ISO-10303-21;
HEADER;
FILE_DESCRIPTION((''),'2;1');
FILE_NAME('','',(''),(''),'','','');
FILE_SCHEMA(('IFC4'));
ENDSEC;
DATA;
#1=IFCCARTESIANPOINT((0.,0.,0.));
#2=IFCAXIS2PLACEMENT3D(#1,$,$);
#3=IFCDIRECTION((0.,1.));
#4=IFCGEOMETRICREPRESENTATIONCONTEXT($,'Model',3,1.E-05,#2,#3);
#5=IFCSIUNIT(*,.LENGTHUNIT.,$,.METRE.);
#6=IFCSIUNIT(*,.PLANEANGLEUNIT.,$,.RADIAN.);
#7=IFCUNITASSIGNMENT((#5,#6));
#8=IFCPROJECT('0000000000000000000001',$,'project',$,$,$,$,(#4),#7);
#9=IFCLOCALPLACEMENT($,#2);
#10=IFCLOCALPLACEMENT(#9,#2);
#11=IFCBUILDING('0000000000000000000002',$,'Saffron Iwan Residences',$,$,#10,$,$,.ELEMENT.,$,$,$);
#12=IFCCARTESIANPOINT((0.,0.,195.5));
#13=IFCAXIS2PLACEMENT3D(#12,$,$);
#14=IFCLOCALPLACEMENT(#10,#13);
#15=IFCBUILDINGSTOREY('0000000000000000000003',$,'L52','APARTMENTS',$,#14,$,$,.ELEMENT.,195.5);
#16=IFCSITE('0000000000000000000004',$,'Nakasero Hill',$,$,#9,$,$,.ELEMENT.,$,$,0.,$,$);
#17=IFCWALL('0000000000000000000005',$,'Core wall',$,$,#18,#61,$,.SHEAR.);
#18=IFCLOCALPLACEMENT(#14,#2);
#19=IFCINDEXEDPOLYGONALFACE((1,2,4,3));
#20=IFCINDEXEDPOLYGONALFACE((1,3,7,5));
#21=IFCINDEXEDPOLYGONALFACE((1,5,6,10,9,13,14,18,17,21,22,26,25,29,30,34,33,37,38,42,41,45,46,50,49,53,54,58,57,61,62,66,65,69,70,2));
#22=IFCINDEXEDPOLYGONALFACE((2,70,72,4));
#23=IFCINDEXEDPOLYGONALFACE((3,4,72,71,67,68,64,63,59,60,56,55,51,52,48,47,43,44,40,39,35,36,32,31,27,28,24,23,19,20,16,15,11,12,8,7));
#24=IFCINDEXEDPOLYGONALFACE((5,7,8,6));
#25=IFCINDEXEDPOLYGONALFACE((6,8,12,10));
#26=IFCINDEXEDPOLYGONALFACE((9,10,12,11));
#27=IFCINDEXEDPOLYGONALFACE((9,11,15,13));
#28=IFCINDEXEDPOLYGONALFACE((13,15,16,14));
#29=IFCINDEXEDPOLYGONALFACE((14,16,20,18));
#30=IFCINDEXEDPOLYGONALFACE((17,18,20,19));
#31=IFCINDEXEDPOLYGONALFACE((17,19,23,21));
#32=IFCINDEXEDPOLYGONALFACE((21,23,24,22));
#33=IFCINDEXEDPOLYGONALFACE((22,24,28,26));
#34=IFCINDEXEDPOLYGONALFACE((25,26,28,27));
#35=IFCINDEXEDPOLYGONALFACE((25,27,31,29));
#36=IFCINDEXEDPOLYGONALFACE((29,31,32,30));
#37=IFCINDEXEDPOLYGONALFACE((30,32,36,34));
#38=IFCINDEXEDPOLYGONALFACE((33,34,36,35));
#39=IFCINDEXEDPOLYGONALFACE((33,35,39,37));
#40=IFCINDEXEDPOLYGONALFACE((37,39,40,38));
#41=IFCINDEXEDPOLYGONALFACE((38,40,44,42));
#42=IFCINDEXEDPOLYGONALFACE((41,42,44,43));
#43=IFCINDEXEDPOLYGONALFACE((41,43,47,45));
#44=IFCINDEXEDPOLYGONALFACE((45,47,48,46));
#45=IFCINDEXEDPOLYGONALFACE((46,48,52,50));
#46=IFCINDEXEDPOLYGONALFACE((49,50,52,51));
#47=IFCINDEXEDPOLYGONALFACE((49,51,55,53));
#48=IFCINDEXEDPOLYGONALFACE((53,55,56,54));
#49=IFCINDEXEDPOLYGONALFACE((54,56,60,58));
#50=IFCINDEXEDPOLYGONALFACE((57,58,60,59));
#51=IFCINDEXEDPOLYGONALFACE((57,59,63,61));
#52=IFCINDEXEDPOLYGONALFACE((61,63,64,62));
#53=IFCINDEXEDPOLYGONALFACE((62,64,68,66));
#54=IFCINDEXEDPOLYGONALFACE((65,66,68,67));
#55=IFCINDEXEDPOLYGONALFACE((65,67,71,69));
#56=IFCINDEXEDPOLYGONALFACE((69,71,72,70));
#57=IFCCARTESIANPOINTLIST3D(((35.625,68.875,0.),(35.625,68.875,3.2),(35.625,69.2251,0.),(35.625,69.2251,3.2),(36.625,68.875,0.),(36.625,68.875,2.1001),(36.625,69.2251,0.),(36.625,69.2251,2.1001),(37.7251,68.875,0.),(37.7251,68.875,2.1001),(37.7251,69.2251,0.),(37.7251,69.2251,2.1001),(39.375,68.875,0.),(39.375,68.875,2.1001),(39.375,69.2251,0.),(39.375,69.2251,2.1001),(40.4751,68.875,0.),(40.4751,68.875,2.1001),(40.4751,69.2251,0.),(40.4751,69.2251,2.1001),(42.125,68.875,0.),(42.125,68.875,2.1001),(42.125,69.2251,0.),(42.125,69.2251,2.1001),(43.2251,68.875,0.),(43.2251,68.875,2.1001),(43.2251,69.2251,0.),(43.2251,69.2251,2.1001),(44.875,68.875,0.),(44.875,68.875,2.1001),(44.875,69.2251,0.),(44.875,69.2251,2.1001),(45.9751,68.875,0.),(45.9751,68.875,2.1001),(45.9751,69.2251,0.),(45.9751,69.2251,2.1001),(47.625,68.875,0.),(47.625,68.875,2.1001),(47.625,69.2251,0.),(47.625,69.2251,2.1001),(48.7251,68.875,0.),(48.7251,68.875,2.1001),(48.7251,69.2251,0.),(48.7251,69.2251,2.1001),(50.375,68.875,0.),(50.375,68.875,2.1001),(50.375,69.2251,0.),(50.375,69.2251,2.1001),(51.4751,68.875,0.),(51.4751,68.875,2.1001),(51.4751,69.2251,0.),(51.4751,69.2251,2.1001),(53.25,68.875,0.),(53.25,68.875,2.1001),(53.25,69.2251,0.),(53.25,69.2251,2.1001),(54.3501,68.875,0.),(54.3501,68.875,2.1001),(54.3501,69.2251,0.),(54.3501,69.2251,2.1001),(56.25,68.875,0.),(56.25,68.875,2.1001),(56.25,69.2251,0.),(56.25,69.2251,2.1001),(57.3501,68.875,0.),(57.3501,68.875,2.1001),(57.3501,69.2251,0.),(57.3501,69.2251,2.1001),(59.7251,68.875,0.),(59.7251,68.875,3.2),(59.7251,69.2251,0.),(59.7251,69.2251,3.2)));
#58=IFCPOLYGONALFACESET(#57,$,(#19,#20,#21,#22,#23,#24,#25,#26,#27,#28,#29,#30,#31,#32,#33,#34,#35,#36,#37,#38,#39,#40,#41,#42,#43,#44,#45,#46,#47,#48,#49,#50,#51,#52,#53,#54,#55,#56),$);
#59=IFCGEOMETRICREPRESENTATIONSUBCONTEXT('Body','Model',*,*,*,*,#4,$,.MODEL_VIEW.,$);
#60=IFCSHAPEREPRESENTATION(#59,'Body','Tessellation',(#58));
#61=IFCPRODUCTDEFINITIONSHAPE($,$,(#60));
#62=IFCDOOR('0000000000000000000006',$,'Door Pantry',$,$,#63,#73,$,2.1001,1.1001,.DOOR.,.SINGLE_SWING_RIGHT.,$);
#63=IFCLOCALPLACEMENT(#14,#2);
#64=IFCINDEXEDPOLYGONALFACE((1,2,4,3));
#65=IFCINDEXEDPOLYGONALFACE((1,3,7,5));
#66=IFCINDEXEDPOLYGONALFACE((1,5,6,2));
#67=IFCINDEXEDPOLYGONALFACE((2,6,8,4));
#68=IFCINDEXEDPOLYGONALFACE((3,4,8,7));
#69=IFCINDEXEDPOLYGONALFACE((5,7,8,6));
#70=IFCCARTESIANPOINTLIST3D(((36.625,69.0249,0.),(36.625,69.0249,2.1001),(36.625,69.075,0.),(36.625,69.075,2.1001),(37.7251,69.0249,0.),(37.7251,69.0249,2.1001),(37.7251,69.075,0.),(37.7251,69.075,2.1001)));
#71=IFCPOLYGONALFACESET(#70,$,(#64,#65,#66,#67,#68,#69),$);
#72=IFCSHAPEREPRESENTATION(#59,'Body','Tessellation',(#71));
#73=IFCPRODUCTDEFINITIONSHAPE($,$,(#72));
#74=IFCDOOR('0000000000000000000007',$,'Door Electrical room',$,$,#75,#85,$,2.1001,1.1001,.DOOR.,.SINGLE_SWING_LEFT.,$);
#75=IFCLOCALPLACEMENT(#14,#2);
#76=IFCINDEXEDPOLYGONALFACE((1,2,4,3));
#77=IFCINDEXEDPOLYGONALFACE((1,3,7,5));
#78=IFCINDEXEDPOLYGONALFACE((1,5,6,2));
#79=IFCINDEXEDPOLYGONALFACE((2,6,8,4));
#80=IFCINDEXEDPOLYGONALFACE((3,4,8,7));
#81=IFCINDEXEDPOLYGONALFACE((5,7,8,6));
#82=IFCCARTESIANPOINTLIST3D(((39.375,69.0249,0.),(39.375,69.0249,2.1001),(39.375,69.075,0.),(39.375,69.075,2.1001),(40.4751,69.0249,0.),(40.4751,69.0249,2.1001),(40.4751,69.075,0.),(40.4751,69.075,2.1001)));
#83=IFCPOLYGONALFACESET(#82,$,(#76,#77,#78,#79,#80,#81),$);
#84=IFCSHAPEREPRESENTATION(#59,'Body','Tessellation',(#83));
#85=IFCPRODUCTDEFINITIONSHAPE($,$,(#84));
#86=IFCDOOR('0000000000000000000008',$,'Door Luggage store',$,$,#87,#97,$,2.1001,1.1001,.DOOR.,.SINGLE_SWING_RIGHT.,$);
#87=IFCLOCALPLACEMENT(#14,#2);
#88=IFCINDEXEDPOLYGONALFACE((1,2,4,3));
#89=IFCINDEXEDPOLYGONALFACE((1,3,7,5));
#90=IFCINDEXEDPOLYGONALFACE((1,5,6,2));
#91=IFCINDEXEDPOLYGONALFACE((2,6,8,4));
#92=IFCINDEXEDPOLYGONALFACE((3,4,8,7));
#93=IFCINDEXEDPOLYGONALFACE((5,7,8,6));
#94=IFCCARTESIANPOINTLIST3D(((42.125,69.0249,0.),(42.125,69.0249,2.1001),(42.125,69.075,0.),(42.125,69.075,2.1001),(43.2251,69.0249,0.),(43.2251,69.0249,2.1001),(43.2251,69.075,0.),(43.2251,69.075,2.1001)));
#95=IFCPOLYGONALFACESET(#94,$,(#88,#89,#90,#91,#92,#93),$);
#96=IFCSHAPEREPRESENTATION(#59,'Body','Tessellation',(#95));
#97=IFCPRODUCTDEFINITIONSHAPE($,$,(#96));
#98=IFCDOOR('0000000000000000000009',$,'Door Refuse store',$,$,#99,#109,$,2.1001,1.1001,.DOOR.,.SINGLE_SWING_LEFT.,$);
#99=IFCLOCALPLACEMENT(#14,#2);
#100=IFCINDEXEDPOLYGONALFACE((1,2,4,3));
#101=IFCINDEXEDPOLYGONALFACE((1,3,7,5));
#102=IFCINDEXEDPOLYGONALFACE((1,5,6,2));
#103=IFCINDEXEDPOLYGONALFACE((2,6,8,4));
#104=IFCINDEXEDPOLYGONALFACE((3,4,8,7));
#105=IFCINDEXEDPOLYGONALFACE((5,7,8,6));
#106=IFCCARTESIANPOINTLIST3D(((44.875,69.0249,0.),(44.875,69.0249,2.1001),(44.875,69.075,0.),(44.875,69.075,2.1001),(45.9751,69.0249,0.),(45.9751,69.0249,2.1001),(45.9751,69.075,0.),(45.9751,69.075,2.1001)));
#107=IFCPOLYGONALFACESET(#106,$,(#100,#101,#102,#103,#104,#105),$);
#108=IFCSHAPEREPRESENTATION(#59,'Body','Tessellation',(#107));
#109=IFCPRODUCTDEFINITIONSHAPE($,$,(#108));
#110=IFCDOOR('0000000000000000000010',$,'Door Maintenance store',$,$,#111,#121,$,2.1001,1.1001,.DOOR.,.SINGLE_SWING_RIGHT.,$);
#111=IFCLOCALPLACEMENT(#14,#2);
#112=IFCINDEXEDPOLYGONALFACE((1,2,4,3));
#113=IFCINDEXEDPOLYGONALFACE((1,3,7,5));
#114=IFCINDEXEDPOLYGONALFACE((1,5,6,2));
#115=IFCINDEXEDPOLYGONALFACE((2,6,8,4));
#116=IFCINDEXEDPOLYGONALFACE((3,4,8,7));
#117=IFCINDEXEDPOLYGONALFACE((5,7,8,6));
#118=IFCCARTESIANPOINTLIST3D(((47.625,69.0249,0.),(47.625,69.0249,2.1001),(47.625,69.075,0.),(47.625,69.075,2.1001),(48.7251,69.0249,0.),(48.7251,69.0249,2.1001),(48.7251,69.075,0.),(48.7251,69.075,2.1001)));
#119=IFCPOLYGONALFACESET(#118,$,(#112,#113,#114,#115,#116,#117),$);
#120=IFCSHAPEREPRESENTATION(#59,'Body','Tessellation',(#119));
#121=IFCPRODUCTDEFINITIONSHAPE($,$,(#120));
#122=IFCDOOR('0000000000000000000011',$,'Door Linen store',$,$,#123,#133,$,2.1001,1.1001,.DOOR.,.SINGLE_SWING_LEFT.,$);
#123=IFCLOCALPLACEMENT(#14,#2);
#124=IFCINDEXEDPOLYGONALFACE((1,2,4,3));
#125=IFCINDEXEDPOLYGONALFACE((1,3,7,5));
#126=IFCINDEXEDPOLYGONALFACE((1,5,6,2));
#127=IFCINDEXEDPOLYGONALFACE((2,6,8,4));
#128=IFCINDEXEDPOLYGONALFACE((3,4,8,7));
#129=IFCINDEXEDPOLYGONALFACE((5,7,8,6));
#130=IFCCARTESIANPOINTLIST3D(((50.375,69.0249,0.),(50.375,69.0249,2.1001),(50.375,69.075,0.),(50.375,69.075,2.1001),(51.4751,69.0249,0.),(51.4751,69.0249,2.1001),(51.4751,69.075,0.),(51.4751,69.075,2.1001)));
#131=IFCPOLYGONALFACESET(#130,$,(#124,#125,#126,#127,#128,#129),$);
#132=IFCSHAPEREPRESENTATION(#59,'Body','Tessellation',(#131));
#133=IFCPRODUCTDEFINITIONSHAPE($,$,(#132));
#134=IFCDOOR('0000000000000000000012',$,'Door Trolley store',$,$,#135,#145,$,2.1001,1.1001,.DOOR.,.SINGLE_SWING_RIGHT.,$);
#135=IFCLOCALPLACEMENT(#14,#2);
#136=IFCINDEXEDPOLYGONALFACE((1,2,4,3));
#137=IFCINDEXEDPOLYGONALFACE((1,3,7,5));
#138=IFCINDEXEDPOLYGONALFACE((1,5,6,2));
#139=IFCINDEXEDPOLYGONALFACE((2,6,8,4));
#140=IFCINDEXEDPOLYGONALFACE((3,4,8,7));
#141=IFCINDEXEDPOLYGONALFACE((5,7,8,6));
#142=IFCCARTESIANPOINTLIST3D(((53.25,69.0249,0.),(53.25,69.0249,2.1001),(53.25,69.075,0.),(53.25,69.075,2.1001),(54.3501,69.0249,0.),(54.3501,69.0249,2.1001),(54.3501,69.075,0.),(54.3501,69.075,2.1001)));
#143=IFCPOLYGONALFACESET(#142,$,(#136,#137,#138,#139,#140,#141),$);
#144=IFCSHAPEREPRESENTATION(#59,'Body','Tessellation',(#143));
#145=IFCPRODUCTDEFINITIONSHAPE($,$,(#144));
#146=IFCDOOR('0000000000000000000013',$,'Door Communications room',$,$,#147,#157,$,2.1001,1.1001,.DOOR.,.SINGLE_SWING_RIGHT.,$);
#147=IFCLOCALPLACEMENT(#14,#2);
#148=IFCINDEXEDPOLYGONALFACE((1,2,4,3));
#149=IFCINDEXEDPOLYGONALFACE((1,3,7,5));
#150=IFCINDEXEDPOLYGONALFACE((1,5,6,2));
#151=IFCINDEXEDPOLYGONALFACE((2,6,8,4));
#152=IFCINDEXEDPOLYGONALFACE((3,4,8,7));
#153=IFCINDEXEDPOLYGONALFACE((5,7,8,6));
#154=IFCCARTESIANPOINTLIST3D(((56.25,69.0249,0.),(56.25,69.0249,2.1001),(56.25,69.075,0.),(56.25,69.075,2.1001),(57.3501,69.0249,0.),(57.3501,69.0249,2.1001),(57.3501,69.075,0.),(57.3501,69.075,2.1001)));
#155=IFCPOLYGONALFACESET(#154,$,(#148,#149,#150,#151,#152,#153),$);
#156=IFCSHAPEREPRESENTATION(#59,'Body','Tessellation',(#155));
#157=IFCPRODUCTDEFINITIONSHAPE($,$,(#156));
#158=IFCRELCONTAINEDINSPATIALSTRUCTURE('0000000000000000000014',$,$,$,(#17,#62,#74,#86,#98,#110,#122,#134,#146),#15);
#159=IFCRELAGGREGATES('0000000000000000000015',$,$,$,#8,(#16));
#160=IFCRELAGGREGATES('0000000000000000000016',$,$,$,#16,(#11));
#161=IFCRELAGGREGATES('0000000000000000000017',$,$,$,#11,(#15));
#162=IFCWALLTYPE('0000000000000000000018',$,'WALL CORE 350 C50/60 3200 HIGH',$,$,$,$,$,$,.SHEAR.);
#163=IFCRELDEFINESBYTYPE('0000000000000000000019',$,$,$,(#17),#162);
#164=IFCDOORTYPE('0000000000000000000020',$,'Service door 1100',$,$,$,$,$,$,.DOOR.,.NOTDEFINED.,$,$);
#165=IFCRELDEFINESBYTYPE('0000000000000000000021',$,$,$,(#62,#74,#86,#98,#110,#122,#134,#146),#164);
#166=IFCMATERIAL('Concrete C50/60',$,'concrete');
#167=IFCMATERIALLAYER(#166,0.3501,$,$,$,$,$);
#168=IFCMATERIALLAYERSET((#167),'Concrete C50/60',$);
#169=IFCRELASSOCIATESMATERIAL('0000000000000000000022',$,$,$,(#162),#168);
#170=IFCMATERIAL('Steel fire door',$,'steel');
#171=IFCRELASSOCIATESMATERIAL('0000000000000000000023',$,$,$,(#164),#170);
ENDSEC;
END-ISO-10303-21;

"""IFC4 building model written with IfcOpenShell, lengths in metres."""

from ifc_helpers import new_model, si_unit, direction, frame, frame_2d, origin, place, context, subcontext, project, spatial, rectangle, extrude, material, layer, layer_set, type_object, element, fill, save


model = new_model("IFC4")

# Units and contexts
model_context = context("Model", 3, precision=1e-05, world=origin(), true_north=direction((0.0, 1.0)))
body_context = subcontext(model_context, "Body", "Model", "MODEL_VIEW")
ifc_project = project(units=[si_unit("LENGTHUNIT", "METRE"), si_unit("PLANEANGLEUNIT", "RADIAN")], contexts=[model_context])

# Site, building, storey
site_placement = place(None, origin())
site = spatial("IfcSite", under=ifc_project, at=site_placement, Name="Nakasero Hill", CompositionType="ELEMENT", RefElevation=0.0)
building_placement = place(site_placement, origin())
building = spatial("IfcBuilding", under=site, at=building_placement, Name="Saffron Iwan Residences", CompositionType="ELEMENT")
storey_placement = place(building_placement, frame((0.0, 0.0, 195.5)))
storey = spatial("IfcBuildingStorey", under=building, at=storey_placement, Name="L52", Description="APARTMENTS", CompositionType="ELEMENT", Elevation=195.5)

# Shared definitions
ifc_material_1 = material(Name="Concrete C50/60", Category="concrete")

# Shared definitions
ifc_material_2 = material(Name="Steel fire door", Category="steel")

# Wall, openings, doors
ifc_layer_1 = layer(ifc_material_1, 0.3501)
ifc_layer_set_1 = layer_set([ifc_layer_1], Name="Concrete C50/60")
wall_type_1 = type_object("IfcWallType", Name="WALL CORE 350 C50/60 3200 HIGH", PredefinedType="SHEAR", material=ifc_layer_set_1)
wall_1_placement = place(storey_placement, frame((35.625, 69.05, 0.0), z_axis=(0.0, 0.0, 1.0), x_axis=(1.0, 0.0, 0.0)))
wall_1 = element("IfcWall", 1, at=wall_1_placement, inside=storey, type_object=wall_type_1, Name="Core wall", PredefinedType="SHEAR", context=body_context, shape_type="SweptSolid", body=[
    extrude(rectangle(XDim=24.1001, YDim=0.3501, at=frame_2d((12.05, 0.0))), origin(), (0.0, 0.0, 1.0), 3.2),
])
opening_1_placement = place(wall_1_placement, frame((1.0, 0.0, 0.0)))
opening_1 = element("IfcOpeningElement", 2, at=opening_1_placement, cuts=wall_1, PredefinedType="OPENING", context=body_context, shape_type="SweptSolid", body=[
    extrude(rectangle(XDim=1.1001, YDim=2.1001, at=frame_2d((0.55, 1.05))), frame((0.0, 0.1851, 0.0), z_axis=(0.0, -1.0, 0.0), x_axis=(1.0, 0.0, 0.0)), (0.0, 0.0, 1.0), 0.3701),
])
opening_2_placement = place(wall_1_placement, frame((3.75, 0.0, 0.0)))
opening_2 = element("IfcOpeningElement", 3, at=opening_2_placement, cuts=wall_1, PredefinedType="OPENING", context=body_context, shape_type="SweptSolid", body=[
    extrude(rectangle(XDim=1.1001, YDim=2.1001, at=frame_2d((0.55, 1.05))), frame((0.0, 0.1851, 0.0), z_axis=(0.0, -1.0, 0.0), x_axis=(1.0, 0.0, 0.0)), (0.0, 0.0, 1.0), 0.3701),
])
opening_3_placement = place(wall_1_placement, frame((6.5, 0.0, 0.0)))
opening_3 = element("IfcOpeningElement", 4, at=opening_3_placement, cuts=wall_1, PredefinedType="OPENING", context=body_context, shape_type="SweptSolid", body=[
    extrude(rectangle(XDim=1.1001, YDim=2.1001, at=frame_2d((0.55, 1.05))), frame((0.0, 0.1851, 0.0), z_axis=(0.0, -1.0, 0.0), x_axis=(1.0, 0.0, 0.0)), (0.0, 0.0, 1.0), 0.3701),
])
opening_4_placement = place(wall_1_placement, frame((9.25, 0.0, 0.0)))
opening_4 = element("IfcOpeningElement", 5, at=opening_4_placement, cuts=wall_1, PredefinedType="OPENING", context=body_context, shape_type="SweptSolid", body=[
    extrude(rectangle(XDim=1.1001, YDim=2.1001, at=frame_2d((0.55, 1.05))), frame((0.0, 0.1851, 0.0), z_axis=(0.0, -1.0, 0.0), x_axis=(1.0, 0.0, 0.0)), (0.0, 0.0, 1.0), 0.3701),
])
opening_5_placement = place(wall_1_placement, frame((12.0, 0.0, 0.0)))
opening_5 = element("IfcOpeningElement", 6, at=opening_5_placement, cuts=wall_1, PredefinedType="OPENING", context=body_context, shape_type="SweptSolid", body=[
    extrude(rectangle(XDim=1.1001, YDim=2.1001, at=frame_2d((0.55, 1.05))), frame((0.0, 0.1851, 0.0), z_axis=(0.0, -1.0, 0.0), x_axis=(1.0, 0.0, 0.0)), (0.0, 0.0, 1.0), 0.3701),
])
opening_6_placement = place(wall_1_placement, frame((14.75, 0.0, 0.0)))
opening_6 = element("IfcOpeningElement", 7, at=opening_6_placement, cuts=wall_1, PredefinedType="OPENING", context=body_context, shape_type="SweptSolid", body=[
    extrude(rectangle(XDim=1.1001, YDim=2.1001, at=frame_2d((0.55, 1.05))), frame((0.0, 0.1851, 0.0), z_axis=(0.0, -1.0, 0.0), x_axis=(1.0, 0.0, 0.0)), (0.0, 0.0, 1.0), 0.3701),
])
opening_7_placement = place(wall_1_placement, frame((17.625, 0.0, 0.0)))
opening_7 = element("IfcOpeningElement", 8, at=opening_7_placement, cuts=wall_1, PredefinedType="OPENING", context=body_context, shape_type="SweptSolid", body=[
    extrude(rectangle(XDim=1.1001, YDim=2.1001, at=frame_2d((0.55, 1.05))), frame((0.0, 0.1851, 0.0), z_axis=(0.0, -1.0, 0.0), x_axis=(1.0, 0.0, 0.0)), (0.0, 0.0, 1.0), 0.3701),
])
opening_8_placement = place(wall_1_placement, frame((20.625, 0.0, 0.0)))
opening_8 = element("IfcOpeningElement", 9, at=opening_8_placement, cuts=wall_1, PredefinedType="OPENING", context=body_context, shape_type="SweptSolid", body=[
    extrude(rectangle(XDim=1.1001, YDim=2.1001, at=frame_2d((0.55, 1.05))), frame((0.0, 0.1851, 0.0), z_axis=(0.0, -1.0, 0.0), x_axis=(1.0, 0.0, 0.0)), (0.0, 0.0, 1.0), 0.3701),
])
door_type_1 = type_object("IfcDoorType", Name="Service door 1100", OperationType="NOTDEFINED", PredefinedType="DOOR", material=ifc_material_2)
door_1_placement = place(opening_1_placement, origin())
door_1 = element("IfcDoor", 10, at=door_1_placement, inside=storey, type_object=door_type_1, Name="Door Pantry", OperationType="SINGLE_SWING_RIGHT", OverallHeight=2.1001, OverallWidth=1.1001, PredefinedType="DOOR", context=body_context, shape_type="SweptSolid", body=[
    extrude(rectangle(XDim=1.1001, YDim=2.1001, at=frame_2d((0.55, 1.05))), frame((0.0, 0.0249, 0.0), z_axis=(0.0, -1.0, 0.0), x_axis=(1.0, 0.0, 0.0)), (0.0, 0.0, 1.0), 0.05),
])
fill(opening_1, door_1)
door_2_placement = place(opening_2_placement, origin())
door_2 = element("IfcDoor", 11, at=door_2_placement, inside=storey, type_object=door_type_1, Name="Door Electrical room", OperationType="SINGLE_SWING_LEFT", OverallHeight=2.1001, OverallWidth=1.1001, PredefinedType="DOOR", context=body_context, shape_type="SweptSolid", body=[
    extrude(rectangle(XDim=1.1001, YDim=2.1001, at=frame_2d((0.55, 1.05))), frame((0.0, 0.0249, 0.0), z_axis=(0.0, -1.0, 0.0), x_axis=(1.0, 0.0, 0.0)), (0.0, 0.0, 1.0), 0.05),
])
fill(opening_2, door_2)
door_3_placement = place(opening_3_placement, origin())
door_3 = element("IfcDoor", 12, at=door_3_placement, inside=storey, type_object=door_type_1, Name="Door Luggage store", OperationType="SINGLE_SWING_RIGHT", OverallHeight=2.1001, OverallWidth=1.1001, PredefinedType="DOOR", context=body_context, shape_type="SweptSolid", body=[
    extrude(rectangle(XDim=1.1001, YDim=2.1001, at=frame_2d((0.55, 1.05))), frame((0.0, 0.0249, 0.0), z_axis=(0.0, -1.0, 0.0), x_axis=(1.0, 0.0, 0.0)), (0.0, 0.0, 1.0), 0.05),
])
fill(opening_3, door_3)
door_4_placement = place(opening_4_placement, origin())
door_4 = element("IfcDoor", 13, at=door_4_placement, inside=storey, type_object=door_type_1, Name="Door Refuse store", OperationType="SINGLE_SWING_LEFT", OverallHeight=2.1001, OverallWidth=1.1001, PredefinedType="DOOR", context=body_context, shape_type="SweptSolid", body=[
    extrude(rectangle(XDim=1.1001, YDim=2.1001, at=frame_2d((0.55, 1.05))), frame((0.0, 0.0249, 0.0), z_axis=(0.0, -1.0, 0.0), x_axis=(1.0, 0.0, 0.0)), (0.0, 0.0, 1.0), 0.05),
])
fill(opening_4, door_4)
door_5_placement = place(opening_5_placement, origin())
door_5 = element("IfcDoor", 14, at=door_5_placement, inside=storey, type_object=door_type_1, Name="Door Maintenance store", OperationType="SINGLE_SWING_RIGHT", OverallHeight=2.1001, OverallWidth=1.1001, PredefinedType="DOOR", context=body_context, shape_type="SweptSolid", body=[
    extrude(rectangle(XDim=1.1001, YDim=2.1001, at=frame_2d((0.55, 1.05))), frame((0.0, 0.0249, 0.0), z_axis=(0.0, -1.0, 0.0), x_axis=(1.0, 0.0, 0.0)), (0.0, 0.0, 1.0), 0.05),
])
fill(opening_5, door_5)
door_6_placement = place(opening_6_placement, origin())
door_6 = element("IfcDoor", 15, at=door_6_placement, inside=storey, type_object=door_type_1, Name="Door Linen store", OperationType="SINGLE_SWING_LEFT", OverallHeight=2.1001, OverallWidth=1.1001, PredefinedType="DOOR", context=body_context, shape_type="SweptSolid", body=[
    extrude(rectangle(XDim=1.1001, YDim=2.1001, at=frame_2d((0.55, 1.05))), frame((0.0, 0.0249, 0.0), z_axis=(0.0, -1.0, 0.0), x_axis=(1.0, 0.0, 0.0)), (0.0, 0.0, 1.0), 0.05),
])
fill(opening_6, door_6)
door_7_placement = place(opening_7_placement, origin())
door_7 = element("IfcDoor", 16, at=door_7_placement, inside=storey, type_object=door_type_1, Name="Door Trolley store", OperationType="SINGLE_SWING_RIGHT", OverallHeight=2.1001, OverallWidth=1.1001, PredefinedType="DOOR", context=body_context, shape_type="SweptSolid", body=[
    extrude(rectangle(XDim=1.1001, YDim=2.1001, at=frame_2d((0.55, 1.05))), frame((0.0, 0.0249, 0.0), z_axis=(0.0, -1.0, 0.0), x_axis=(1.0, 0.0, 0.0)), (0.0, 0.0, 1.0), 0.05),
])
fill(opening_7, door_7)
door_8_placement = place(opening_8_placement, origin())
door_8 = element("IfcDoor", 17, at=door_8_placement, inside=storey, type_object=door_type_1, Name="Door Communications room", OperationType="SINGLE_SWING_RIGHT", OverallHeight=2.1001, OverallWidth=1.1001, PredefinedType="DOOR", context=body_context, shape_type="SweptSolid", body=[
    extrude(rectangle(XDim=1.1001, YDim=2.1001, at=frame_2d((0.55, 1.05))), frame((0.0, 0.0249, 0.0), z_axis=(0.0, -1.0, 0.0), x_axis=(1.0, 0.0, 0.0)), (0.0, 0.0, 1.0), 0.05),
])
fill(opening_8, door_8)

save(model, "model.ifc")
